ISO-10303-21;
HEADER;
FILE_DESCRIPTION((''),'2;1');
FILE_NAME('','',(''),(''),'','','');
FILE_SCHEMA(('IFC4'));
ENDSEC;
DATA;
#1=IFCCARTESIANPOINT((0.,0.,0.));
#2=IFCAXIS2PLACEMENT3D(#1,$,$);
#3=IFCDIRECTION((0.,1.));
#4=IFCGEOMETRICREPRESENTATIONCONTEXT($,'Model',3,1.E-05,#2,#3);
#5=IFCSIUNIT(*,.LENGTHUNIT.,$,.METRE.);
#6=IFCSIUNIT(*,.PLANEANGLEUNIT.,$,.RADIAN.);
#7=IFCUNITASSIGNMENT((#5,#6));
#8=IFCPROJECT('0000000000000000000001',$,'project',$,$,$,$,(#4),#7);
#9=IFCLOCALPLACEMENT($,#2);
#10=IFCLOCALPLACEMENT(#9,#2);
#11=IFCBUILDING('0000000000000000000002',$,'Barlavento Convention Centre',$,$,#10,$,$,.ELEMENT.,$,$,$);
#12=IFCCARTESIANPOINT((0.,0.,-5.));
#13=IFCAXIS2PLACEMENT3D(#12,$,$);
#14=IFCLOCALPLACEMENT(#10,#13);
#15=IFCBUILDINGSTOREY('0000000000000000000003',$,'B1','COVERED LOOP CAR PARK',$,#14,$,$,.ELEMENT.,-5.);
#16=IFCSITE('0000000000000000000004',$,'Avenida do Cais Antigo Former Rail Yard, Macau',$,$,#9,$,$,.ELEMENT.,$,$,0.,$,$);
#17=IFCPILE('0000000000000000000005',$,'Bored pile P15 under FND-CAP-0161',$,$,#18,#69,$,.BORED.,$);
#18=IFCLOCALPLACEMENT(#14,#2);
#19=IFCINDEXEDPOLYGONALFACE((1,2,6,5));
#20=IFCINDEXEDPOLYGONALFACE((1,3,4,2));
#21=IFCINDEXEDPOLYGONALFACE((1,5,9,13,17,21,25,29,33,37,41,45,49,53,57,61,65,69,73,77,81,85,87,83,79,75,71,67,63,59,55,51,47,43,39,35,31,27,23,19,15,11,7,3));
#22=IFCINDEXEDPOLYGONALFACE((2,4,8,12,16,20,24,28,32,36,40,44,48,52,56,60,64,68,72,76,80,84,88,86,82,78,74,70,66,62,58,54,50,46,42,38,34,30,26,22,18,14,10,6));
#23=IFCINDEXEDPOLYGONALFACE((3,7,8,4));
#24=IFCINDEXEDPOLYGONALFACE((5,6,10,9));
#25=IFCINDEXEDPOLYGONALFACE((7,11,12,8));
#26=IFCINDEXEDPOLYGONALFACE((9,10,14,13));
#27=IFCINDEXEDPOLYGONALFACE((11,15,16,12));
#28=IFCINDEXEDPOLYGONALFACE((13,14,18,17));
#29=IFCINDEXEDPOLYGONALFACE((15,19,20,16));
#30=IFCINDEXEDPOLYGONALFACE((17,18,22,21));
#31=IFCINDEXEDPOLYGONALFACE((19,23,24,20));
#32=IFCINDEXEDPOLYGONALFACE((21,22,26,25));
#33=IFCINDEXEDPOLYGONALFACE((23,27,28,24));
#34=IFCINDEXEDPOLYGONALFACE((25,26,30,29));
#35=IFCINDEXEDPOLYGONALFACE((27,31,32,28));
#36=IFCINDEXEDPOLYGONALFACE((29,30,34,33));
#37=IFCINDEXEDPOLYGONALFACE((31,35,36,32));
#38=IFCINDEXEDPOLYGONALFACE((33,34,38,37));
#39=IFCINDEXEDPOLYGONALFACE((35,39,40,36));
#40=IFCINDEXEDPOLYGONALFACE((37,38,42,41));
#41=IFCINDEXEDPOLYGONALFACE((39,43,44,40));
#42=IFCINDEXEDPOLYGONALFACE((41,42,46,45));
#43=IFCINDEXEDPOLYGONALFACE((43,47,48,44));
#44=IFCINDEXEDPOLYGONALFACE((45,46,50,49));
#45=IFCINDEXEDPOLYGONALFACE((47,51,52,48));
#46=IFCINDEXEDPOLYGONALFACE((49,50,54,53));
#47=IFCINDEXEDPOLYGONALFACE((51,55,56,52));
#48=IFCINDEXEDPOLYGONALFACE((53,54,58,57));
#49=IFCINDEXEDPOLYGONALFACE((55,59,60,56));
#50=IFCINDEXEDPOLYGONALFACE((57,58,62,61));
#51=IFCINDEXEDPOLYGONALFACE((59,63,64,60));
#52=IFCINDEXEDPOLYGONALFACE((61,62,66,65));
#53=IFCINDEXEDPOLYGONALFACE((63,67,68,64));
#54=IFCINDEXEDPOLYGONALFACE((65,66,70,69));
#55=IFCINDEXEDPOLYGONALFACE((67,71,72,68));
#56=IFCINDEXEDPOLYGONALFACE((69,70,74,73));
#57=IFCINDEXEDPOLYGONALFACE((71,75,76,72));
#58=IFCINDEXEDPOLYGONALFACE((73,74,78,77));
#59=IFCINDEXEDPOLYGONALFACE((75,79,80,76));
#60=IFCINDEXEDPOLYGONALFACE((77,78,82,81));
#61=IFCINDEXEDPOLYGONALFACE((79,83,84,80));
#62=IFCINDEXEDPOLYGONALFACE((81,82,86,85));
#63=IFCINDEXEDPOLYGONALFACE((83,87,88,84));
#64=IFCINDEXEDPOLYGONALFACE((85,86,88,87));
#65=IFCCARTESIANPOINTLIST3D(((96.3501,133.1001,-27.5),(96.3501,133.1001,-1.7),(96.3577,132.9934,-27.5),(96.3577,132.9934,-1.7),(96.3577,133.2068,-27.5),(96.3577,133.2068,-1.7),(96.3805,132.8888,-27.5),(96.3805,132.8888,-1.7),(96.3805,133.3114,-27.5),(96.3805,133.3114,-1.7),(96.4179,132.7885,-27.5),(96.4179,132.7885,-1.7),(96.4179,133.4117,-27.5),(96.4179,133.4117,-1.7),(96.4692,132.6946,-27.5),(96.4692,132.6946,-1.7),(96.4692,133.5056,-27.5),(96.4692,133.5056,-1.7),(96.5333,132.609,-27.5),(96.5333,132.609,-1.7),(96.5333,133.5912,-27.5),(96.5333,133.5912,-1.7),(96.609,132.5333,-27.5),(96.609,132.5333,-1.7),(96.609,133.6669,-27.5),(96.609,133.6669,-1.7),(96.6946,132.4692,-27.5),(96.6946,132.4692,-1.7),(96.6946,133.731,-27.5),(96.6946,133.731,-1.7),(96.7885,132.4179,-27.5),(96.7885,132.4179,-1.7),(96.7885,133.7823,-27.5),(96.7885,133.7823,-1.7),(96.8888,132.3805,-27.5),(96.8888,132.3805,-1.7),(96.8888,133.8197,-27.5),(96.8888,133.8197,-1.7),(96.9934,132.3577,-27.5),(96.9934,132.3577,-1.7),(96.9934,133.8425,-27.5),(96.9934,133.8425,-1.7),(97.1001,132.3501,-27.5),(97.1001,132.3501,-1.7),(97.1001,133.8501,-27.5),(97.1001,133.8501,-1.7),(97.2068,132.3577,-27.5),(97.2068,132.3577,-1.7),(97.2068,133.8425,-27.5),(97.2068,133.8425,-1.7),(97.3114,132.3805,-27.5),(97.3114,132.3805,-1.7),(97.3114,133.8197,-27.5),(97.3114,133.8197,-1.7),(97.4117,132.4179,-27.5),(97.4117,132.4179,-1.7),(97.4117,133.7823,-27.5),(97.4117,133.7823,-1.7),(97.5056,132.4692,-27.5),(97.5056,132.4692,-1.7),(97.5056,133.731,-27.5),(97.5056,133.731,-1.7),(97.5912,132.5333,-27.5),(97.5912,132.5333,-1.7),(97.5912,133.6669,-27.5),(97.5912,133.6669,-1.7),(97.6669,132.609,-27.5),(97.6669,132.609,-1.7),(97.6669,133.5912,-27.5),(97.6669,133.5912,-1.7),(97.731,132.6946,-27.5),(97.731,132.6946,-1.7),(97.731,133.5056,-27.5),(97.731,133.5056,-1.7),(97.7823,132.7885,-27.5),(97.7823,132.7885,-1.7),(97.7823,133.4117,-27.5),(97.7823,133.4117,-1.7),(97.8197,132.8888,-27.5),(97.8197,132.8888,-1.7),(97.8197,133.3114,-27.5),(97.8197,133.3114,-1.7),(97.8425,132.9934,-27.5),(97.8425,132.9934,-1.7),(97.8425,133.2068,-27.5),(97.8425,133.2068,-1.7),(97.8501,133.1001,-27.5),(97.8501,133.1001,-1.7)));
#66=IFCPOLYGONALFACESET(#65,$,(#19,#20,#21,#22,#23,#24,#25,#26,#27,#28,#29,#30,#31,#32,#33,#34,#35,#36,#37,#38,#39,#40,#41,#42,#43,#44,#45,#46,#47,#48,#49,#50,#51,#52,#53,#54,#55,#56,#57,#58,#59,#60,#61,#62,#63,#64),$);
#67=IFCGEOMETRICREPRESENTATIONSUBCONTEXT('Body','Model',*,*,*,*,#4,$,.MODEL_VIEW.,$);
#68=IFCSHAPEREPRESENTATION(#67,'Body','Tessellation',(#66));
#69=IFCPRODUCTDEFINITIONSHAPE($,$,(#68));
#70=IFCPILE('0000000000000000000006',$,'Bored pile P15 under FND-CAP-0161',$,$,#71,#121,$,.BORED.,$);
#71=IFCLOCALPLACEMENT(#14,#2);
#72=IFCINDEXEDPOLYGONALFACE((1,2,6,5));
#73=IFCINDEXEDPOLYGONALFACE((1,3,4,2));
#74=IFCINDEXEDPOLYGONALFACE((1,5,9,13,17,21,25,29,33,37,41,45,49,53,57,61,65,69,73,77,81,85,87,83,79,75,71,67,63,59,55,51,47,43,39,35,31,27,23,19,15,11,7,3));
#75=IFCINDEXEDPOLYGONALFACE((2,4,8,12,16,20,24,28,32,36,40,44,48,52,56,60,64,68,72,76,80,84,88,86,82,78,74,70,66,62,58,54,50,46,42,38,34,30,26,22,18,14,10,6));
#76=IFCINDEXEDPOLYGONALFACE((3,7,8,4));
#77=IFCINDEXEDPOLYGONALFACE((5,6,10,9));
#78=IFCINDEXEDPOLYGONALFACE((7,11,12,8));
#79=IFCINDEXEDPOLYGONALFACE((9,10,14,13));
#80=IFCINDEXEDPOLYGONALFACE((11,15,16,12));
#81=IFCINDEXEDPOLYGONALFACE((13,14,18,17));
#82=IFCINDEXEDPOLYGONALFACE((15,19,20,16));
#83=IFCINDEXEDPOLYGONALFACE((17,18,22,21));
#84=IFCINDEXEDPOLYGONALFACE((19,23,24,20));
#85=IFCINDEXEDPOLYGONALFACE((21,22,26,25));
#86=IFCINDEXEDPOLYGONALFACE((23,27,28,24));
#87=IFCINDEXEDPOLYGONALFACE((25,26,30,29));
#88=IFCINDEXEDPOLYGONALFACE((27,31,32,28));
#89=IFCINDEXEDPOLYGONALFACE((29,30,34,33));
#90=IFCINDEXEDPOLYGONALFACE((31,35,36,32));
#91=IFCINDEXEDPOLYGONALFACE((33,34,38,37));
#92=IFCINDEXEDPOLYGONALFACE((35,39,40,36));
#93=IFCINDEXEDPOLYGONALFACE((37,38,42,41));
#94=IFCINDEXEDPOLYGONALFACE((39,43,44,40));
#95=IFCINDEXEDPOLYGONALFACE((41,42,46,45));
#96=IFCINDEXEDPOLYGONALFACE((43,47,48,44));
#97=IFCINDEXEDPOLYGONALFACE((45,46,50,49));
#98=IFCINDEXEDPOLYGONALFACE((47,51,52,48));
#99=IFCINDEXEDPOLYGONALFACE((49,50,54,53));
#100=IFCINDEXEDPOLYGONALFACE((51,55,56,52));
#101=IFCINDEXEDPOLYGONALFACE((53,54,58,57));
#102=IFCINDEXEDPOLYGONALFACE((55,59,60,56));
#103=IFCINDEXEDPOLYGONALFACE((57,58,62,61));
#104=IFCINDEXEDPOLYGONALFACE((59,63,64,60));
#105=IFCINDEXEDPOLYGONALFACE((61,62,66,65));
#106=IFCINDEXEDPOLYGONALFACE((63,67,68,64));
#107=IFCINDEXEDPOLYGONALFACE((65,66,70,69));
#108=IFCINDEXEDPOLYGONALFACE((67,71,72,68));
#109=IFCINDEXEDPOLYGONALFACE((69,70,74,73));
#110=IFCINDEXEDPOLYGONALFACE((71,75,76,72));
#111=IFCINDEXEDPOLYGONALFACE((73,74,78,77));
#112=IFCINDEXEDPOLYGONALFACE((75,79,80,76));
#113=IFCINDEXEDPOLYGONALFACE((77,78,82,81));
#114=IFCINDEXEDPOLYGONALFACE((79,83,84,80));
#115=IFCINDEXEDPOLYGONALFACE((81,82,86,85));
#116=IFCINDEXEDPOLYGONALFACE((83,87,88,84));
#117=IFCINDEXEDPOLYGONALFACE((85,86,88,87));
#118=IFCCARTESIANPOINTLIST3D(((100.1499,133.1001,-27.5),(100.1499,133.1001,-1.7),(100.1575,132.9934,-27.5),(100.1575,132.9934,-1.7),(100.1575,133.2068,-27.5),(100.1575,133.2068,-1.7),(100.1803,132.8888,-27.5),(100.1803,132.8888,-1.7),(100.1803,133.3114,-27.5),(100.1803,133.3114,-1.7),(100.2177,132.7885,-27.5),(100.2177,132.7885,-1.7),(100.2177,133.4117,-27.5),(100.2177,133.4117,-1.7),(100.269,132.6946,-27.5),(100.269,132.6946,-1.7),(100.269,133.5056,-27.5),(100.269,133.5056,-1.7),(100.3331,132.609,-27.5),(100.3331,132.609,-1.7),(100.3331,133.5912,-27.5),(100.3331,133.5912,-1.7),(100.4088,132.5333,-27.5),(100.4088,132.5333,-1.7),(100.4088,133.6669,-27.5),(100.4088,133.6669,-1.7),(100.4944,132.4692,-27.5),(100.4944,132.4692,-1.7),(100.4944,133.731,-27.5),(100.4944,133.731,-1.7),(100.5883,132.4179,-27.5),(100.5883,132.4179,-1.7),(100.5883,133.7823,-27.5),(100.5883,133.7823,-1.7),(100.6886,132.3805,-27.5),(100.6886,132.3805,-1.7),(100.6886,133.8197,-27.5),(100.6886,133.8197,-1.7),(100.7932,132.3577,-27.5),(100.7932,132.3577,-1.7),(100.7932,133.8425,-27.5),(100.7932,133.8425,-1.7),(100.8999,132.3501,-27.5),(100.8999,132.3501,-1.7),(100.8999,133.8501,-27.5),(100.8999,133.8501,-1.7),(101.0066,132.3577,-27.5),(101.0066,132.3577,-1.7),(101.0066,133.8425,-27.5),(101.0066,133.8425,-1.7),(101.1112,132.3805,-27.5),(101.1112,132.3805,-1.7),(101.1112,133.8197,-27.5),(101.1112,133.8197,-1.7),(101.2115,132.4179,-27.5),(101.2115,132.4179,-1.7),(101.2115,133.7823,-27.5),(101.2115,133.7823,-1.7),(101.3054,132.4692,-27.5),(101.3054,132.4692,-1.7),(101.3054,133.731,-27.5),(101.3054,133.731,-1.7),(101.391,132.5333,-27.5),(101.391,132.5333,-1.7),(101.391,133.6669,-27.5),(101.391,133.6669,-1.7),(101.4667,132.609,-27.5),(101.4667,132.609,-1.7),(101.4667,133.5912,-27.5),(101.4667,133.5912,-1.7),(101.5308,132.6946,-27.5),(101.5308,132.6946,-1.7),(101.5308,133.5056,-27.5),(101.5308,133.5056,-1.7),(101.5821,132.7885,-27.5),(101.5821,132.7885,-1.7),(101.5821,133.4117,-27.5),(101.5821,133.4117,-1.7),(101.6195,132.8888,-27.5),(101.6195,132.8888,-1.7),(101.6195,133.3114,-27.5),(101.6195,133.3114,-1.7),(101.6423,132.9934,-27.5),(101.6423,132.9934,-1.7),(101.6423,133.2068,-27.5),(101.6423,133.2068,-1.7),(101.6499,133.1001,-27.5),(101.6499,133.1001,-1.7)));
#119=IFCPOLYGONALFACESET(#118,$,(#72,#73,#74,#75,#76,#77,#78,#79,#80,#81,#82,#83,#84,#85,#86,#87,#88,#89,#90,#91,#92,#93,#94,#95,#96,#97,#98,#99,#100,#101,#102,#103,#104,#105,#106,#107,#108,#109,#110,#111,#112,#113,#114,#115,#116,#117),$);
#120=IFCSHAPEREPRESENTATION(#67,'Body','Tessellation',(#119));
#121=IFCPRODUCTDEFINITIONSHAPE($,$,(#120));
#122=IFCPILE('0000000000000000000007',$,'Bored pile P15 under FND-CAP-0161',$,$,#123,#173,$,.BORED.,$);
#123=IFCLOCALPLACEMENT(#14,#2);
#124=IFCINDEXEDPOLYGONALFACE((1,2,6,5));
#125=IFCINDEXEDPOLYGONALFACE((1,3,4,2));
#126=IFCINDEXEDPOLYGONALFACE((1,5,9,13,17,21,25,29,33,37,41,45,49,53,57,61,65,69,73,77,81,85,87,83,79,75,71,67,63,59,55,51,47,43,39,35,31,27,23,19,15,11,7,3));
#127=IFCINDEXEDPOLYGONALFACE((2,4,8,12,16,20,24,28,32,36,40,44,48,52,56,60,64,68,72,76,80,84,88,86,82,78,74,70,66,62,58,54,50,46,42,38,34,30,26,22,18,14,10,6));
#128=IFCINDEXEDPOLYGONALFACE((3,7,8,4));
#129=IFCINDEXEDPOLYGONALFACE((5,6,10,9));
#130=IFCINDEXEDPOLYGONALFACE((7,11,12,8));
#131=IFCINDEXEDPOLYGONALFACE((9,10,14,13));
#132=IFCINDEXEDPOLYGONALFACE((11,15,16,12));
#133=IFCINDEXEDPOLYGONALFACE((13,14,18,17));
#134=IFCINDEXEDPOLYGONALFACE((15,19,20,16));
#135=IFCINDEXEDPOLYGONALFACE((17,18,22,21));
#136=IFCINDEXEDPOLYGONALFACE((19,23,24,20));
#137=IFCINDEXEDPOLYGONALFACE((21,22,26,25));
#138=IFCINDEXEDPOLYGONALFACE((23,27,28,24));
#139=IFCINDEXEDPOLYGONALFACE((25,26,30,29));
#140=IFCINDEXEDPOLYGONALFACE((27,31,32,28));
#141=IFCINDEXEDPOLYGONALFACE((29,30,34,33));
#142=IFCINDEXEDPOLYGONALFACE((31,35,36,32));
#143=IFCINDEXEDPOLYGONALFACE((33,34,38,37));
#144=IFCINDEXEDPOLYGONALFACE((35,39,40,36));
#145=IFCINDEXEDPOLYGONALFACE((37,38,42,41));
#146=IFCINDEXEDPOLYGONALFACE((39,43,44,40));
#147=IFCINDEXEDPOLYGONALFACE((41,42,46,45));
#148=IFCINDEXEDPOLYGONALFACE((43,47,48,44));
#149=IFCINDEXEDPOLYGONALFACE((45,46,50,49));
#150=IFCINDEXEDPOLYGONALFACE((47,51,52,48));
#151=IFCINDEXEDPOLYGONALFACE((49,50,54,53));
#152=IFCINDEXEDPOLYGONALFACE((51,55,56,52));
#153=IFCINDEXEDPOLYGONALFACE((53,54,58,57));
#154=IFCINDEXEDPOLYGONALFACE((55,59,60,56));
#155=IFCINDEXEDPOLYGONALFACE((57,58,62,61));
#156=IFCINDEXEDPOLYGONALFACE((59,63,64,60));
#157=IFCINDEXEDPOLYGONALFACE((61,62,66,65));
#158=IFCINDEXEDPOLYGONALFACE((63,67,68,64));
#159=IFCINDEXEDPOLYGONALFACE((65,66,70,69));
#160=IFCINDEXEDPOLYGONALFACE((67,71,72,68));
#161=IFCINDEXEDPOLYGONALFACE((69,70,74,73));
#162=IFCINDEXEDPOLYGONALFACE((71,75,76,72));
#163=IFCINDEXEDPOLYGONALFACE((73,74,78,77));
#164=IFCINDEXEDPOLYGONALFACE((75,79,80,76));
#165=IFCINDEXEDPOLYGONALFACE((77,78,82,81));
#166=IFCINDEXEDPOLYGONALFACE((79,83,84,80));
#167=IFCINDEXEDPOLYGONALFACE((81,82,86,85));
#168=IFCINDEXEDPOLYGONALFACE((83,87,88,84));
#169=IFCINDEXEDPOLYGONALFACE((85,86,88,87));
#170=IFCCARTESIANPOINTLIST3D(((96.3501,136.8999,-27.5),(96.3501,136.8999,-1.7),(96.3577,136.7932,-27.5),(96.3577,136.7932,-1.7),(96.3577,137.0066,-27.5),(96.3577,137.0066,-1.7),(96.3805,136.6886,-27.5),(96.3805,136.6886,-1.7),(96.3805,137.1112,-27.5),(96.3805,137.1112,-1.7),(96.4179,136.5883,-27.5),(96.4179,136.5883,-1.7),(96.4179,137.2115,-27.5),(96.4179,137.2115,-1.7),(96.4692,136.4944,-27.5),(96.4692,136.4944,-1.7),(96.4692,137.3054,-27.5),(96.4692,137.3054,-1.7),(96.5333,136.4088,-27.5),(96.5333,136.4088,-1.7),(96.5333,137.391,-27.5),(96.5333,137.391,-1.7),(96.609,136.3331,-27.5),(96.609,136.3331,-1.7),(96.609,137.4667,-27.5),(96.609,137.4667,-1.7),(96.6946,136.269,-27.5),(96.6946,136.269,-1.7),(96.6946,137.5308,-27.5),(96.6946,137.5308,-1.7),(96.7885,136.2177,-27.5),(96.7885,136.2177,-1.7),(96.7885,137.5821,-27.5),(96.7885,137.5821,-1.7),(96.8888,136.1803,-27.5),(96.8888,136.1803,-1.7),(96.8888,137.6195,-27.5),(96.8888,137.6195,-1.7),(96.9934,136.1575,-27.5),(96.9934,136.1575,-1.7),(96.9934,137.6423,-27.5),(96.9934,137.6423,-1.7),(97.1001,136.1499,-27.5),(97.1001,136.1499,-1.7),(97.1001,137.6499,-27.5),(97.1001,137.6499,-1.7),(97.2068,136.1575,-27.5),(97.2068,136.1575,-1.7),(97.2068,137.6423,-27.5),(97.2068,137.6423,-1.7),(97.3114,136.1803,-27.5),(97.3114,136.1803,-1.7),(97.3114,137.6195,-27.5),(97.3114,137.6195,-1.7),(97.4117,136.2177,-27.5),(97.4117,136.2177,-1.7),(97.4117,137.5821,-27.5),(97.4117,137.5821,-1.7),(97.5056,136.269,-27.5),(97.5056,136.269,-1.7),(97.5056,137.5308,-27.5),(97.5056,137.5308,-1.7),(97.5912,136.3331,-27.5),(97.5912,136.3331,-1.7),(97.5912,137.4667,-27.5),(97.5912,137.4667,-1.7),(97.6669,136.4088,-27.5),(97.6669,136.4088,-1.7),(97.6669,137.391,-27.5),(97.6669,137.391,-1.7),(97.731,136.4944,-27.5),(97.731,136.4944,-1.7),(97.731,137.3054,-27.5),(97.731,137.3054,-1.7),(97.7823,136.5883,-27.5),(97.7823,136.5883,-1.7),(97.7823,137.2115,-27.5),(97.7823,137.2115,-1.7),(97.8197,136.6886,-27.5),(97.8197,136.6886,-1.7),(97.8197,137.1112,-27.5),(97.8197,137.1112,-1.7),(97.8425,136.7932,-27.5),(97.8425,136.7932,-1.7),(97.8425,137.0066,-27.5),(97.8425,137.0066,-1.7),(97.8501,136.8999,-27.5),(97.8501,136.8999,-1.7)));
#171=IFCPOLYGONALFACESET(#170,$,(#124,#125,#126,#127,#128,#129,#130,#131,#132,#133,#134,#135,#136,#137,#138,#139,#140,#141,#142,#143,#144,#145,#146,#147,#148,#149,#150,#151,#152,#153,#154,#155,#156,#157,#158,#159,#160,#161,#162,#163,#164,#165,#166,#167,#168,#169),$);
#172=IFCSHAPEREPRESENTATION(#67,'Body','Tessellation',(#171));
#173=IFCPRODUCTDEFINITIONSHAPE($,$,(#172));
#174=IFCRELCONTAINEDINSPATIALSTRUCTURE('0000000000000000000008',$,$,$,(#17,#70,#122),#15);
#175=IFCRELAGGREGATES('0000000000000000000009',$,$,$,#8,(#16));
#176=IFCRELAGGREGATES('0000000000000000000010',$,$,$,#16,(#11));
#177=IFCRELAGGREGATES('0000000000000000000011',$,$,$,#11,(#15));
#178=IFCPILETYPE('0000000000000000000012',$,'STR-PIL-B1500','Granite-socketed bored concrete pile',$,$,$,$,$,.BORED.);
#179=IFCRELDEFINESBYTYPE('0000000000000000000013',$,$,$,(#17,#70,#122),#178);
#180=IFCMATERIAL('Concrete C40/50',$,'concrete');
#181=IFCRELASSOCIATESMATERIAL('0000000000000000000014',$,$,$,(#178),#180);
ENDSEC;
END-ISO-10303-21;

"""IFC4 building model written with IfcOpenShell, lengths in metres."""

from ifc_helpers import new_model, si_unit, direction, frame, origin, origin_2d, place, context, subcontext, project, spatial, circle, extrude, material, material_profile, profile_set, type_object, element, save


model = new_model("IFC4")

# Units and contexts
model_context = context("Model", 3, precision=1e-05, world=origin(), true_north=direction((0.0, 1.0)))
body_context = subcontext(model_context, "Body", "Model", "MODEL_VIEW")
ifc_project = project(units=[si_unit("LENGTHUNIT", "METRE"), si_unit("PLANEANGLEUNIT", "RADIAN")], contexts=[model_context])

# Site, building, storey
site_placement = place(None, origin())
site = spatial("IfcSite", under=ifc_project, at=site_placement, Name="Avenida do Cais Antigo Former Rail Yard, Macau", CompositionType="ELEMENT", RefElevation=0.0)
building_placement = place(site_placement, origin())
building = spatial("IfcBuilding", under=site, at=building_placement, Name="Barlavento Convention Centre", CompositionType="ELEMENT")
storey_placement = place(building_placement, frame((0.0, 0.0, -5.0)))
storey = spatial("IfcBuildingStorey", under=building, at=storey_placement, Name="B1", Description="COVERED LOOP CAR PARK", CompositionType="ELEMENT", Elevation=-5.0)

# Shared definitions
ifc_material_1 = material(Name="Concrete C40/50", Category="concrete")

# Piles
ifc_material_profile_1 = material_profile(ifc_material_1, circle(Radius=0.75, at=origin_2d()), Name="BORED PILE 1500")
ifc_profile_set_1 = profile_set([ifc_material_profile_1], Name="Concrete C40/50")
pile_type_1 = type_object("IfcPileType", Name="STR-PIL-B1500", Description="Granite-socketed bored concrete pile", PredefinedType="BORED", material=ifc_profile_set_1)
for number, where, z_axis, x_axis, name in (
    (1, (97.1001, 133.1001, -1.7), (0.0, 0.0, -1.0), (1.0, 0.0, 0.0), "Bored pile P15 under FND-CAP-0161"),
    (2, (100.8999, 133.1001, -1.7), (0.0, 0.0, -1.0), (1.0, 0.0, 0.0), "Bored pile P15 under FND-CAP-0161"),
    (3, (97.1001, 136.8999, -1.7), (0.0, 0.0, -1.0), (1.0, 0.0, 0.0), "Bored pile P15 under FND-CAP-0161"),
):
    element("IfcPile", number, at=place(storey_placement, frame(where, z_axis=z_axis, x_axis=x_axis)), inside=storey, type_object=pile_type_1, Name=name, PredefinedType="BORED", context=body_context, shape_type="SweptSolid", body=[
        extrude(circle(Radius=0.75, at=origin_2d()), origin(), (0.0, 0.0, 1.0), 25.8),
    ])

save(model, "model.ifc")
